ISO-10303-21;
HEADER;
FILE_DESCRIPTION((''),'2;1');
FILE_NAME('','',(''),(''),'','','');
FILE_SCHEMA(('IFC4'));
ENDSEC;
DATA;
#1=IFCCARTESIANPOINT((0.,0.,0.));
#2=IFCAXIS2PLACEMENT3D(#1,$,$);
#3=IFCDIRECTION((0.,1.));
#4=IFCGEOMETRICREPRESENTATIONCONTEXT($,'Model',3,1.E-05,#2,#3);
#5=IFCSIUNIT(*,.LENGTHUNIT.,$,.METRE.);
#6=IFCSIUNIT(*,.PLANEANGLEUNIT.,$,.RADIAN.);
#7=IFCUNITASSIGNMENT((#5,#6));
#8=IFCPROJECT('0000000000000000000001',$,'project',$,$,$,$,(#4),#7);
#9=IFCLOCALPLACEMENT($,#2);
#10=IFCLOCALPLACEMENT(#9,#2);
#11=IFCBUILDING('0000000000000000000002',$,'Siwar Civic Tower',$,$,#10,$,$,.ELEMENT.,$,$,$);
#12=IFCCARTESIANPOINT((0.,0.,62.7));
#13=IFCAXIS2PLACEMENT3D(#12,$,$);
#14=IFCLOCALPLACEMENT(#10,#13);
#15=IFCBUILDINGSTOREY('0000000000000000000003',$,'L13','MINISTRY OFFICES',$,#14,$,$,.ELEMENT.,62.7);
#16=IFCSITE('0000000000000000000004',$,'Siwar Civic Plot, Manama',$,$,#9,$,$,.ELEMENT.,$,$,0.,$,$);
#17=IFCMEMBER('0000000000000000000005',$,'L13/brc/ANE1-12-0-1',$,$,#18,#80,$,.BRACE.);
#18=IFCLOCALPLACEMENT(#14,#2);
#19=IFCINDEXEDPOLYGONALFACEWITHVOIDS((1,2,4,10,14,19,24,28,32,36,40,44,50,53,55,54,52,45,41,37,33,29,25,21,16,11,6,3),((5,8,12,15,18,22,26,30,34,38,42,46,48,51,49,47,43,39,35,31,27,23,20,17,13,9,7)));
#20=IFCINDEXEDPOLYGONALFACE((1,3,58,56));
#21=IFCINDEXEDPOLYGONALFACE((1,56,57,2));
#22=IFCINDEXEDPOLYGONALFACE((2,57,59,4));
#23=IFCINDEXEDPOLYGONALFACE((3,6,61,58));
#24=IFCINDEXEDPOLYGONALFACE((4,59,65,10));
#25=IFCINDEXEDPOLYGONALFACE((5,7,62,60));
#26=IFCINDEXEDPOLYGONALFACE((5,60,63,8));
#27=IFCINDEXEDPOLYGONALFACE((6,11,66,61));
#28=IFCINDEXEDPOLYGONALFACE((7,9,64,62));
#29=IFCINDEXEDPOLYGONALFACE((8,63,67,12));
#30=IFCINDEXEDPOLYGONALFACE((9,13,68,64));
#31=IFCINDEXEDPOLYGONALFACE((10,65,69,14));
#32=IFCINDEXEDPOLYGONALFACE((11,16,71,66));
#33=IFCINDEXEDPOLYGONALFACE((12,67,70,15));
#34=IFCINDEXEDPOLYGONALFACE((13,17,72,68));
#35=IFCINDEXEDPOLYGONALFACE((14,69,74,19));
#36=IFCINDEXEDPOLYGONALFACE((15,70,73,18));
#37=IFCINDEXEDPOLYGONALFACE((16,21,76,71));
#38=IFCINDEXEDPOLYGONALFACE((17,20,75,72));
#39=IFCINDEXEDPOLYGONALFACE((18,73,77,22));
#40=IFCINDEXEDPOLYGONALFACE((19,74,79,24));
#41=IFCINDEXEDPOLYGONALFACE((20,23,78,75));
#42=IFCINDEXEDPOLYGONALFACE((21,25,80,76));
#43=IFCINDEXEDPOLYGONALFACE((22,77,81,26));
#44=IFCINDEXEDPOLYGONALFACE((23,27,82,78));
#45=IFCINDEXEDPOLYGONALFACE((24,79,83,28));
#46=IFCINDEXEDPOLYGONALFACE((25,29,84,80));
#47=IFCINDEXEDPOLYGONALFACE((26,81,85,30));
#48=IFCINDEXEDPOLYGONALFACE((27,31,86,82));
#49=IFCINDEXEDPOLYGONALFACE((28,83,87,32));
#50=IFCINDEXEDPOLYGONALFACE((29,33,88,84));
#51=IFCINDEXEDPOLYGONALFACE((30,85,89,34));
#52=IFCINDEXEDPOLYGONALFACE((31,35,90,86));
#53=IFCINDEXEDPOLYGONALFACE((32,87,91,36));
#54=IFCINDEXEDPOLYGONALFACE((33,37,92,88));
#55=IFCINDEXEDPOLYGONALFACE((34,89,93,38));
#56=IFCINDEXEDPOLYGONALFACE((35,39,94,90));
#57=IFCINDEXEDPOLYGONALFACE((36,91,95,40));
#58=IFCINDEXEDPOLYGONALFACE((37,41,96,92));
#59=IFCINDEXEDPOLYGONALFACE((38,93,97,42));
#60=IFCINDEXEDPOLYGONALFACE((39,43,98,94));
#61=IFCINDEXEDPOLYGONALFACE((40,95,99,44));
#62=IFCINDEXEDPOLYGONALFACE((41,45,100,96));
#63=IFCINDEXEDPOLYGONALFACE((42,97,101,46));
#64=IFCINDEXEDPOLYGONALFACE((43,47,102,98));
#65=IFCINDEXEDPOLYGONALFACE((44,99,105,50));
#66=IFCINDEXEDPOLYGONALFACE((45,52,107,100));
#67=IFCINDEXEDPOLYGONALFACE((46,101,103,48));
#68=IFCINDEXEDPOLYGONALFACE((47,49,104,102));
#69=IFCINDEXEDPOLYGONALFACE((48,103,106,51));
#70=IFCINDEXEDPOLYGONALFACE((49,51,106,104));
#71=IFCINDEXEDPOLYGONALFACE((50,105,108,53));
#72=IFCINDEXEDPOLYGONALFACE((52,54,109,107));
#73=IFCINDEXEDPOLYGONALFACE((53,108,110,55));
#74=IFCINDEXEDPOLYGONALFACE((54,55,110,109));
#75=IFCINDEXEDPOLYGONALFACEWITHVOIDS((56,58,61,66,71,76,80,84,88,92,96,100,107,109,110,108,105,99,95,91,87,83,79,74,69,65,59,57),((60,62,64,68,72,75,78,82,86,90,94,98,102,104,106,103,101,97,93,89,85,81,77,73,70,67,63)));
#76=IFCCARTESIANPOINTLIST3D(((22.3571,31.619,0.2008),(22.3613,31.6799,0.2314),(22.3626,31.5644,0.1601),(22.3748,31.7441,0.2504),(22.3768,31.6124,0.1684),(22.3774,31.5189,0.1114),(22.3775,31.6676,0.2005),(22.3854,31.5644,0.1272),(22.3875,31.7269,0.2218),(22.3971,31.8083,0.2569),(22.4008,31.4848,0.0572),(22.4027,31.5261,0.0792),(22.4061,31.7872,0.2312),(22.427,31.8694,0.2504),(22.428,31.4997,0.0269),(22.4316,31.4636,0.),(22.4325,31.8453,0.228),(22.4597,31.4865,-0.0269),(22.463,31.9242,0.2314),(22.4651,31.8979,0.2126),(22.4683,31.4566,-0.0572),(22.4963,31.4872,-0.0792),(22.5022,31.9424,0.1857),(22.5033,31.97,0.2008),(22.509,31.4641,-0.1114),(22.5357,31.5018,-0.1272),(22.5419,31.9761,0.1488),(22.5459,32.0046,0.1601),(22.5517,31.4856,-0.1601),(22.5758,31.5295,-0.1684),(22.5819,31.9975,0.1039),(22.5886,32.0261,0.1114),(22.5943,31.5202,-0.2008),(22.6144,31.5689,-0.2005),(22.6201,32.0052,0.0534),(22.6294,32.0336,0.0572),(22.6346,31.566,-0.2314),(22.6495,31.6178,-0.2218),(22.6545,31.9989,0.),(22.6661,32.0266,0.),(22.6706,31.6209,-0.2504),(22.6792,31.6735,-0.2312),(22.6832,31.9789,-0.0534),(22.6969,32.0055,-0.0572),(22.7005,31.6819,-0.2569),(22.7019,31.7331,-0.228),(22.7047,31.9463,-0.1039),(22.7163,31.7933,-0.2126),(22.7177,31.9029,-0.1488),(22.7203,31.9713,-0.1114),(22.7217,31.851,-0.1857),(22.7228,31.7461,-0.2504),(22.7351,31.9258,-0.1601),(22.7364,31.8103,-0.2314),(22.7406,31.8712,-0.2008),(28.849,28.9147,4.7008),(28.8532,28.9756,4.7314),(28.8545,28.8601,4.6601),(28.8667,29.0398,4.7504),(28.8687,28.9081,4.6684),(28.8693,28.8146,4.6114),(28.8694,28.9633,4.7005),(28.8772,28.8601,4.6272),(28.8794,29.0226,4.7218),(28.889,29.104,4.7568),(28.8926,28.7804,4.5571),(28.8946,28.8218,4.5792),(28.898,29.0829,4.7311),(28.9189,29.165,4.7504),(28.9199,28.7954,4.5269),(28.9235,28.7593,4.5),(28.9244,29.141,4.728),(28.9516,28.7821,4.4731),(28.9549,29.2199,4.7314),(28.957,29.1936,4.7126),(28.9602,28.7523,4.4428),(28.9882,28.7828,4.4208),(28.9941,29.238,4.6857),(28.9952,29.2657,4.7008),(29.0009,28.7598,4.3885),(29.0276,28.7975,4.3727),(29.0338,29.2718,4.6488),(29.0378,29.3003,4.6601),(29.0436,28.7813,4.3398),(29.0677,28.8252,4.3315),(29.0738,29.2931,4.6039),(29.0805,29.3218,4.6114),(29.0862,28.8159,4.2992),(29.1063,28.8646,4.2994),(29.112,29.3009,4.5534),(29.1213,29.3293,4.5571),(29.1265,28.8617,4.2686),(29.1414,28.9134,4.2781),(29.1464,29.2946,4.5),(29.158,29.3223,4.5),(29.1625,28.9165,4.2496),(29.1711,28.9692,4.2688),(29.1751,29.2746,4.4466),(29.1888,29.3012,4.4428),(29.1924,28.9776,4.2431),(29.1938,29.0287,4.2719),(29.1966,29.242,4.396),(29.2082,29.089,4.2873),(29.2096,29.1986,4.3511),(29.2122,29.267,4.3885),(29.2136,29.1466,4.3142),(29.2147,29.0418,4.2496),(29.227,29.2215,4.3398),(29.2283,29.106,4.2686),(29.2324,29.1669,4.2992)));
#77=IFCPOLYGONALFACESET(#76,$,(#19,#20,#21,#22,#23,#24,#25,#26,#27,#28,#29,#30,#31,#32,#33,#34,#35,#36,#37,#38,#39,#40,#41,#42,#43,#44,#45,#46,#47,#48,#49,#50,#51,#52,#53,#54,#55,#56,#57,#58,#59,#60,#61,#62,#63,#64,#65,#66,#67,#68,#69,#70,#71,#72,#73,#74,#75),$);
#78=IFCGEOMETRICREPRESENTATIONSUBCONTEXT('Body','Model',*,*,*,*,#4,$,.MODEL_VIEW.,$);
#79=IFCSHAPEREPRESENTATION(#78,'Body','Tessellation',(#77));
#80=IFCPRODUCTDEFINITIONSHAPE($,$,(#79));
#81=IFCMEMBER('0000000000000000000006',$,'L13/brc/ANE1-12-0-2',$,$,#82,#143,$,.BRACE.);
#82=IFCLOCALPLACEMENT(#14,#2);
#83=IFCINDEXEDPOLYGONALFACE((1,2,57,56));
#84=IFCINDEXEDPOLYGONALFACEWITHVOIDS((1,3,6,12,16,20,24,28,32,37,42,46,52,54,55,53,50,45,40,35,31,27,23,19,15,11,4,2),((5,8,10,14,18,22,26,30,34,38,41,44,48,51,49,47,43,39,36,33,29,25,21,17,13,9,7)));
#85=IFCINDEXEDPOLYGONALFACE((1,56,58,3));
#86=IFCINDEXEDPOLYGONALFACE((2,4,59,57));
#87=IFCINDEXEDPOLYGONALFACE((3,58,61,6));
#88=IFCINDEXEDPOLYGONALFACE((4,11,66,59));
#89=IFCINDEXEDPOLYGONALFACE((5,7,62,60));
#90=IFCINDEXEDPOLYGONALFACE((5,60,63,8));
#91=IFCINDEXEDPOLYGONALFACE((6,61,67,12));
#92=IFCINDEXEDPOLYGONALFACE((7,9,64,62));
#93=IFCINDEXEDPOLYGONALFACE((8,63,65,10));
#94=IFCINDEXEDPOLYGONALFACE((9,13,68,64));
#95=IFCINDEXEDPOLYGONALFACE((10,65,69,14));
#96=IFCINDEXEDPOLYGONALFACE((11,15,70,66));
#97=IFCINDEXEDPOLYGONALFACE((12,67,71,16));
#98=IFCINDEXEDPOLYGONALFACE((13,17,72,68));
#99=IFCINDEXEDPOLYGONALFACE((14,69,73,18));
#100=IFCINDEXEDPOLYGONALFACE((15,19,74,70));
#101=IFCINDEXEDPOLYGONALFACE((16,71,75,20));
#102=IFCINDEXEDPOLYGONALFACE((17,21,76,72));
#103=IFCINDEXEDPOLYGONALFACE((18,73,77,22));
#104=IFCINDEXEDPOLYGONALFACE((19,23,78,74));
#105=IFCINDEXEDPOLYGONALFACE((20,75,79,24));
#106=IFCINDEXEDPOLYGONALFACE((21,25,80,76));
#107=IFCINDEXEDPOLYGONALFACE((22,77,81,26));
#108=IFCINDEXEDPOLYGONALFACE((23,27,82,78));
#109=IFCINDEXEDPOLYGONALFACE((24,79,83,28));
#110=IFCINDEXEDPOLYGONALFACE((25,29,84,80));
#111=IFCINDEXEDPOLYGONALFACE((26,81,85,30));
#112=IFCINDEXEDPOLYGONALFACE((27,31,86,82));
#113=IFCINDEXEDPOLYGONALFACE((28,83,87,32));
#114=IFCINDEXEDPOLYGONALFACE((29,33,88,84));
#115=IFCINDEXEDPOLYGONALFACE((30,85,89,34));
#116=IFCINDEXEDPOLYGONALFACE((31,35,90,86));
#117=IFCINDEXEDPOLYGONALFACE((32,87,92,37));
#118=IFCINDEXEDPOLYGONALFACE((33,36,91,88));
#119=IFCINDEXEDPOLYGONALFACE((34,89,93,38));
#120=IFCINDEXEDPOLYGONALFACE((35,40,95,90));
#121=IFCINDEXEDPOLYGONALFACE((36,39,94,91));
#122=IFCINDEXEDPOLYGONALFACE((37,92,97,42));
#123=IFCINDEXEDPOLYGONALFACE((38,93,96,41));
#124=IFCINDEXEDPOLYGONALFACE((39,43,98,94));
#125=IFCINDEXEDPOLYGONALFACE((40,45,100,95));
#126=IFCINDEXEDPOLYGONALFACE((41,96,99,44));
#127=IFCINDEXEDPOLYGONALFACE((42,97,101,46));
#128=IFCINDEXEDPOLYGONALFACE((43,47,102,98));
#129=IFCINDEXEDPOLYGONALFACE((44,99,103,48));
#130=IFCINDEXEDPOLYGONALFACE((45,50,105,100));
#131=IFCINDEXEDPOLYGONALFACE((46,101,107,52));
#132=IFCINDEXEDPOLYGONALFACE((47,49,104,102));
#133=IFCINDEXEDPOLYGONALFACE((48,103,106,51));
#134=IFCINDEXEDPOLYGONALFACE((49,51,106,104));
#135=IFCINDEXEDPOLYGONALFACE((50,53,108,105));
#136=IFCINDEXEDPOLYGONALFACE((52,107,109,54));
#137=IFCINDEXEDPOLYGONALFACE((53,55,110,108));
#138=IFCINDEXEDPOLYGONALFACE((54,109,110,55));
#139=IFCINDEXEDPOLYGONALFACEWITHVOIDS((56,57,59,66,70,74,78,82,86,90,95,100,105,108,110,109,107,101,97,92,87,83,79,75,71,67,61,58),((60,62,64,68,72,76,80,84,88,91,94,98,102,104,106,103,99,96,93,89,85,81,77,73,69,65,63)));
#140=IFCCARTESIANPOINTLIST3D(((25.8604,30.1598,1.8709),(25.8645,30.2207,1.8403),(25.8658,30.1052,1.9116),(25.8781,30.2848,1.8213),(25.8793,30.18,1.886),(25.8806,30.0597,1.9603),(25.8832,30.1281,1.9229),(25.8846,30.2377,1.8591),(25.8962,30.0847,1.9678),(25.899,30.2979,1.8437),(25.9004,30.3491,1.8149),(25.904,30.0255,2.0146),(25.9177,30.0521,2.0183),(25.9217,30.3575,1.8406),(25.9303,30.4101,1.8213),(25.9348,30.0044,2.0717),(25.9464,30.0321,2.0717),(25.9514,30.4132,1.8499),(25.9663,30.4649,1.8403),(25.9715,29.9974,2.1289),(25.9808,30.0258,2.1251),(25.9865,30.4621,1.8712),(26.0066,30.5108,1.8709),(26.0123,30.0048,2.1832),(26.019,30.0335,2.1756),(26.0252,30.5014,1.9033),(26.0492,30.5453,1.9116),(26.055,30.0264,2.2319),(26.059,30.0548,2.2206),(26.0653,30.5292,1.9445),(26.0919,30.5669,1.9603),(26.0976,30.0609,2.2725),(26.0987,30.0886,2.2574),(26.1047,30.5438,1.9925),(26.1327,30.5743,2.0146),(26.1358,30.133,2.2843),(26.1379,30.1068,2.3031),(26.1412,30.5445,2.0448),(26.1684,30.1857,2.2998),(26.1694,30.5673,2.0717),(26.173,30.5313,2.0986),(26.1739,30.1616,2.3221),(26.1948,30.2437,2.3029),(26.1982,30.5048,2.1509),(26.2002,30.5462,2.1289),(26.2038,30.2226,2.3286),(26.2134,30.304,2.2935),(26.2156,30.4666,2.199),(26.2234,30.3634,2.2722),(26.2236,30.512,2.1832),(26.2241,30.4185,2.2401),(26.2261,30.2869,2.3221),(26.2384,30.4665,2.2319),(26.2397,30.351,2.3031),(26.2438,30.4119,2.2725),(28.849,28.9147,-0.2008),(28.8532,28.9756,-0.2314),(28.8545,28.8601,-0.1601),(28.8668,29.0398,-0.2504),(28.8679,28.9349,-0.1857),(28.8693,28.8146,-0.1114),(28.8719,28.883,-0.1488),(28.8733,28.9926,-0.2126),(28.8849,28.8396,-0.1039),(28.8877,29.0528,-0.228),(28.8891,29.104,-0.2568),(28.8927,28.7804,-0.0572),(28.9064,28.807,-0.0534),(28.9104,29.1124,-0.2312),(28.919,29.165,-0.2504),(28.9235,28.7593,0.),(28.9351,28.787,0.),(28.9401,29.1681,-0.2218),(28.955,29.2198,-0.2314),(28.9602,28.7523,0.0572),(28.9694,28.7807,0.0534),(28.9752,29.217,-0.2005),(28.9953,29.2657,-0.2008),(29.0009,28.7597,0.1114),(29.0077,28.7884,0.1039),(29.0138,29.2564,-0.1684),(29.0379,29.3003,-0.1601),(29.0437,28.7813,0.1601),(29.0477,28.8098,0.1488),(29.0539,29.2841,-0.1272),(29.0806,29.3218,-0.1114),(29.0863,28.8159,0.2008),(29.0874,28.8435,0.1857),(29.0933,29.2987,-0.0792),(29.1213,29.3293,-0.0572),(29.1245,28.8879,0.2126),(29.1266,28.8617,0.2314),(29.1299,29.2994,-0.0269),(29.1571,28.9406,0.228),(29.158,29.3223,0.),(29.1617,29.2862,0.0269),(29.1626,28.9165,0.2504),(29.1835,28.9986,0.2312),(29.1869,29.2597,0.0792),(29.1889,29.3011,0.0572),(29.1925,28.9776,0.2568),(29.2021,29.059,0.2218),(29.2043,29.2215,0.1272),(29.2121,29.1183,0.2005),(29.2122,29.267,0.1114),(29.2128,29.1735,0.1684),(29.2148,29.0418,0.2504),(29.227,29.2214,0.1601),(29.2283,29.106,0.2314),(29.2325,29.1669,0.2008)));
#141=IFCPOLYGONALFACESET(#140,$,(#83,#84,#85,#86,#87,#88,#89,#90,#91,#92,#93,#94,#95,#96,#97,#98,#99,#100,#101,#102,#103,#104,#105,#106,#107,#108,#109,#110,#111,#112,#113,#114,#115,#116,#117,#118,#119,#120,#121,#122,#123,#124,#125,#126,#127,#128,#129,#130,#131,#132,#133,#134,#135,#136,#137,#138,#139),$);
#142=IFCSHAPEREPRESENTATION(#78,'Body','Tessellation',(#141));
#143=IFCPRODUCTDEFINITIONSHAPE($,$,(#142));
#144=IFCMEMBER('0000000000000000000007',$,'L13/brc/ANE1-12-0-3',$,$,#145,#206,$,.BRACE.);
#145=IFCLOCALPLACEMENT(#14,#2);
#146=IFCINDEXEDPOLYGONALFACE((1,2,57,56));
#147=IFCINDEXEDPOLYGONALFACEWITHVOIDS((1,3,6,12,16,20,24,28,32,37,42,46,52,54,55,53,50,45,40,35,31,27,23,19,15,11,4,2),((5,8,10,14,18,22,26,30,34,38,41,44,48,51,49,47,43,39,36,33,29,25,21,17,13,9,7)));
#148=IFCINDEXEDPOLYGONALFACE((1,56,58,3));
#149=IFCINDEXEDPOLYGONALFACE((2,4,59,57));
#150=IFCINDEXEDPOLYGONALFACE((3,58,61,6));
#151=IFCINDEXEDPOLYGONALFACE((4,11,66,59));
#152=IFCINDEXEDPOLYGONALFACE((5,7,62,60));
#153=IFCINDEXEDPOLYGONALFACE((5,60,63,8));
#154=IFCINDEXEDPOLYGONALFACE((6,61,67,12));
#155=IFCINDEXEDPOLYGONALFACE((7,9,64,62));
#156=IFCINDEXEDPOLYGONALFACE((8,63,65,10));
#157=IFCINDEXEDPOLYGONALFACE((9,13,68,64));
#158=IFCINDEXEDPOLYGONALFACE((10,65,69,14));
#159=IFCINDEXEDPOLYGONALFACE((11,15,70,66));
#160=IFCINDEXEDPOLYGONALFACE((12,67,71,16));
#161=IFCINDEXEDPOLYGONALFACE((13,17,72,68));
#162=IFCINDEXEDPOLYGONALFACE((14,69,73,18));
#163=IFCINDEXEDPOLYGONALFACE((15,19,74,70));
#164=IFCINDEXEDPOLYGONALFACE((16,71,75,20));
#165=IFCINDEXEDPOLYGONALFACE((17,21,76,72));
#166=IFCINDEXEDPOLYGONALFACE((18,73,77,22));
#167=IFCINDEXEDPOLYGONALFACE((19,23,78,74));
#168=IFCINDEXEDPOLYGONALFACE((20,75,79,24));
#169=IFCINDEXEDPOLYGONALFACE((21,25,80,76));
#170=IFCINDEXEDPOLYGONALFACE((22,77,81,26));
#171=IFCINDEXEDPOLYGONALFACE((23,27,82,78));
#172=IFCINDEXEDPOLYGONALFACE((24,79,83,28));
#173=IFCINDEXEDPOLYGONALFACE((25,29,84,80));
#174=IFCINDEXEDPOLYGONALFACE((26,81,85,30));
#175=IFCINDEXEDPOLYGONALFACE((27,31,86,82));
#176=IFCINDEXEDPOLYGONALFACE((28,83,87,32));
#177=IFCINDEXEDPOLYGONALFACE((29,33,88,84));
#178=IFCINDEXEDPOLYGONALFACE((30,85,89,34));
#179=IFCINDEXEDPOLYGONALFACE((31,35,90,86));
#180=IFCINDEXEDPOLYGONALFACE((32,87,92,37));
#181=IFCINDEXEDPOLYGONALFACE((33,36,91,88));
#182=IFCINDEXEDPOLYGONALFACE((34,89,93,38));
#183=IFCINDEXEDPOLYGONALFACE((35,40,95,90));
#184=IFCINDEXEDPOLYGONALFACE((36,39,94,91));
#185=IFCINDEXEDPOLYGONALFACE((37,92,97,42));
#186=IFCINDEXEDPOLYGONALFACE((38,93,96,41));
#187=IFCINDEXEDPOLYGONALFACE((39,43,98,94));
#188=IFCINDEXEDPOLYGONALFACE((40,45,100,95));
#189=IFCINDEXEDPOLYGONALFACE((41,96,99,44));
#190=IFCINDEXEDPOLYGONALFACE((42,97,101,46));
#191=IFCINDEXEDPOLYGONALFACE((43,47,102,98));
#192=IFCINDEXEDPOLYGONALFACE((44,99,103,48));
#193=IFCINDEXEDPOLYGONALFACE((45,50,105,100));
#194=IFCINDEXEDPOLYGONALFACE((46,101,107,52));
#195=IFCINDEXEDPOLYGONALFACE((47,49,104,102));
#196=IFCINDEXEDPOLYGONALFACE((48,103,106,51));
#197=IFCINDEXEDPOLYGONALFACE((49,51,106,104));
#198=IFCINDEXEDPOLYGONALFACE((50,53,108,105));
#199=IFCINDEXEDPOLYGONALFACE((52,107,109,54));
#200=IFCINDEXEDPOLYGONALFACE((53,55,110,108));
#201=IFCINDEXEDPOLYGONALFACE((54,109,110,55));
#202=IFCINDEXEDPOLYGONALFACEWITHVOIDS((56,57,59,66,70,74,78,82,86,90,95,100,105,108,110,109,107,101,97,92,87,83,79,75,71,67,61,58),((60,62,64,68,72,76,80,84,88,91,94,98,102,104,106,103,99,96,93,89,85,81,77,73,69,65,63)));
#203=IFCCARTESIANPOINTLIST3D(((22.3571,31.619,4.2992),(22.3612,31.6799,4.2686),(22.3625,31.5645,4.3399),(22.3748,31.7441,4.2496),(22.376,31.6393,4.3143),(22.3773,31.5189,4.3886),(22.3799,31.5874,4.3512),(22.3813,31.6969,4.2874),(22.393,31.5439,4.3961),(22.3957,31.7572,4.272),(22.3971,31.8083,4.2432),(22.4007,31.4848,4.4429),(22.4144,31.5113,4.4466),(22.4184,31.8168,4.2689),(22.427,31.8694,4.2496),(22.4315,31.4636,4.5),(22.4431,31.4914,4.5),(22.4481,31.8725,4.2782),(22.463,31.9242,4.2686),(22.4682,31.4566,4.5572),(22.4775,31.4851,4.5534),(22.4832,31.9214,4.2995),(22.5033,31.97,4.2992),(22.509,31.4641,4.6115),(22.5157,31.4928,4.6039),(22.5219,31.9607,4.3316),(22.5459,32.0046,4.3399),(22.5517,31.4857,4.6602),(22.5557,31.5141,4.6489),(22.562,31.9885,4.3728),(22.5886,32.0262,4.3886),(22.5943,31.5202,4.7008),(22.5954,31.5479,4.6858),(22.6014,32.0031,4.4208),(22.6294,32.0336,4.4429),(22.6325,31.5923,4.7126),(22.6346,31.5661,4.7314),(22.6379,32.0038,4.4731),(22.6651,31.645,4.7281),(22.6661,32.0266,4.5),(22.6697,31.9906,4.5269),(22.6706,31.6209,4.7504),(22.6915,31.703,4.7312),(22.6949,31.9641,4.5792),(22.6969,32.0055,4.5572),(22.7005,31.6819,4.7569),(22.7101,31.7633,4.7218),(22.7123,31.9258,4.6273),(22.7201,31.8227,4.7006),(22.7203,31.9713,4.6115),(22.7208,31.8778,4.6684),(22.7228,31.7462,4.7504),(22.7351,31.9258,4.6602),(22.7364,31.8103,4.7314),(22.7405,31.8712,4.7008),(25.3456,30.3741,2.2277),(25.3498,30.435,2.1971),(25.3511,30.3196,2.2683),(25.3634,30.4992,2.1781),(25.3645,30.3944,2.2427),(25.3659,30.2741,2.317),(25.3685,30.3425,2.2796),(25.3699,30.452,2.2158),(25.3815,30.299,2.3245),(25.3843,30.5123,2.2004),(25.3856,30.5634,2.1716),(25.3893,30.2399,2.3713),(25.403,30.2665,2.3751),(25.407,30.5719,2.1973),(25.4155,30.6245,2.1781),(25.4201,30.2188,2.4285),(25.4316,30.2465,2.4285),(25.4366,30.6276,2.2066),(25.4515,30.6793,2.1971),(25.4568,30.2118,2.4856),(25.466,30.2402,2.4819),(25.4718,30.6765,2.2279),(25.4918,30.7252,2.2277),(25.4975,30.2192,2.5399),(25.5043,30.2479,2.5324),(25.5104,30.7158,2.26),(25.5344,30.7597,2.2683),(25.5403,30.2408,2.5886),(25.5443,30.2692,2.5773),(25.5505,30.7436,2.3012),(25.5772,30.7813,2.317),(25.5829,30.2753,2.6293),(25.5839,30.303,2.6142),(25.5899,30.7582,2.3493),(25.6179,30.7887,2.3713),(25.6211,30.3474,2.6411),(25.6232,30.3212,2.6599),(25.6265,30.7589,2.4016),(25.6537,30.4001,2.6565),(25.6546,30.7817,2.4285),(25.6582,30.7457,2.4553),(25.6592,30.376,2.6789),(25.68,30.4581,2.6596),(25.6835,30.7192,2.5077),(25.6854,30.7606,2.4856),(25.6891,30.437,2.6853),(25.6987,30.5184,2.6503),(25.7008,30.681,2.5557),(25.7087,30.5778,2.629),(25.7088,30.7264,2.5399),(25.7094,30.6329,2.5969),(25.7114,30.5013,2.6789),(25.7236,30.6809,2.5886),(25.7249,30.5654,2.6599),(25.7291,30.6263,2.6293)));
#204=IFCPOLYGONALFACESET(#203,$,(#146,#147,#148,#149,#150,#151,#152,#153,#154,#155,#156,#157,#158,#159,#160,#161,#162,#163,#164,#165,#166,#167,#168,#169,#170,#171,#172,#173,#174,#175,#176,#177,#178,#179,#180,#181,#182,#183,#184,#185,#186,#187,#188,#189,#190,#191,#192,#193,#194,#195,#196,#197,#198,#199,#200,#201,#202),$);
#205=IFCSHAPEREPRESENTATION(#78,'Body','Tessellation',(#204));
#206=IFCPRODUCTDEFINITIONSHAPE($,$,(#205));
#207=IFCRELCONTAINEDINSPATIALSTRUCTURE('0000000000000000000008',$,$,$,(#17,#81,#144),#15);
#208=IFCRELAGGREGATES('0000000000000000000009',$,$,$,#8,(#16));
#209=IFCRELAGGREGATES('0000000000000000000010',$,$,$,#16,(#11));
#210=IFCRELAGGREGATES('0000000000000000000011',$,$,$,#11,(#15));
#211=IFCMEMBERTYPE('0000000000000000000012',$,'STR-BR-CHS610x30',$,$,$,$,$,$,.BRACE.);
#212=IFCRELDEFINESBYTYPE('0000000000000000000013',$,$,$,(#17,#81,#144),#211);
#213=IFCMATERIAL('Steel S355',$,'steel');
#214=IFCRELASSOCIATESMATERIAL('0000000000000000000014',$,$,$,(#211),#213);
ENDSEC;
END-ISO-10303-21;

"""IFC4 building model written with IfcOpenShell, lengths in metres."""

from ifc_helpers import new_model, si_unit, direction, frame, origin, origin_2d, place, context, subcontext, project, spatial, hollow_circle, extrude, material, material_profile, profile_set, type_object, element, save


model = new_model("IFC4")

# Units and contexts
model_context = context("Model", 3, precision=1e-05, world=origin(), true_north=direction((0.0, 1.0)))
body_context = subcontext(model_context, "Body", "Model", "MODEL_VIEW")
ifc_project = project(units=[si_unit("LENGTHUNIT", "METRE"), si_unit("PLANEANGLEUNIT", "RADIAN")], contexts=[model_context])

# Site, building, storey
site_placement = place(None, origin())
site = spatial("IfcSite", under=ifc_project, at=site_placement, Name="Siwar Civic Plot, Manama", CompositionType="ELEMENT", RefElevation=0.0)
building_placement = place(site_placement, origin())
building = spatial("IfcBuilding", under=site, at=building_placement, Name="Siwar Civic Tower", CompositionType="ELEMENT")
storey_placement = place(building_placement, frame((0.0, 0.0, 62.7)))
storey = spatial("IfcBuildingStorey", under=building, at=storey_placement, Name="L13", Description="MINISTRY OFFICES", CompositionType="ELEMENT", Elevation=62.7)

# Members
ifc_material_1 = material(Name="Steel S355", Category="steel")
ifc_material_profile_1 = material_profile(ifc_material_1, hollow_circle(Radius=0.3049, WallThickness=0.03, at=origin_2d()), Name="CHS610x30")
ifc_profile_set_1 = profile_set([ifc_material_profile_1], Name="Steel S355")
member_type_1 = type_object("IfcMemberType", Name="STR-BR-CHS610x30", PredefinedType="BRACE", material=ifc_profile_set_1)
member_1_placement = place(storey_placement, frame((22.5488, 31.7451, 0.0), z_axis=(0.777555, -0.323906, 0.538975), x_axis=(0.384539, 0.923109, 0.0)))
element("IfcMember", 1, at=member_1_placement, inside=storey, type_object=member_type_1, Name="L13/brc/ANE1-12-0-1", PredefinedType="BRACE", context=body_context, shape_type="SweptSolid", body=[
    extrude(hollow_circle(Radius=0.3049, WallThickness=0.03, at=origin_2d()), origin(), (0.0, 0.0, 1.0), 8.3491),
])
member_2_placement = place(storey_placement, frame((29.0408, 29.0408, 0.0), z_axis=(-0.777542, 0.323923, 0.538982), x_axis=(-0.384562, -0.923099, 0.0)))
element("IfcMember", 2, at=member_2_placement, inside=storey, type_object=member_type_1, Name="L13/brc/ANE1-12-0-2", PredefinedType="BRACE", context=body_context, shape_type="SweptSolid", body=[
    extrude(hollow_circle(Radius=0.3049, WallThickness=0.03, at=origin_2d()), origin(), (0.0, 0.0, 1.0), 3.8438),
])
member_3_placement = place(storey_placement, frame((25.5374, 30.5002, 2.4285), z_axis=(-0.77756, 0.323893, 0.538975), x_axis=(-0.384524, -0.923115, 0.0)))
element("IfcMember", 3, at=member_3_placement, inside=storey, type_object=member_type_1, Name="L13/brc/ANE1-12-0-3", PredefinedType="BRACE", context=body_context, shape_type="SweptSolid", body=[
    extrude(hollow_circle(Radius=0.3049, WallThickness=0.03, at=origin_2d()), origin(), (0.0, 0.0, 1.0), 3.8435),
])

save(model, "model.ifc")
